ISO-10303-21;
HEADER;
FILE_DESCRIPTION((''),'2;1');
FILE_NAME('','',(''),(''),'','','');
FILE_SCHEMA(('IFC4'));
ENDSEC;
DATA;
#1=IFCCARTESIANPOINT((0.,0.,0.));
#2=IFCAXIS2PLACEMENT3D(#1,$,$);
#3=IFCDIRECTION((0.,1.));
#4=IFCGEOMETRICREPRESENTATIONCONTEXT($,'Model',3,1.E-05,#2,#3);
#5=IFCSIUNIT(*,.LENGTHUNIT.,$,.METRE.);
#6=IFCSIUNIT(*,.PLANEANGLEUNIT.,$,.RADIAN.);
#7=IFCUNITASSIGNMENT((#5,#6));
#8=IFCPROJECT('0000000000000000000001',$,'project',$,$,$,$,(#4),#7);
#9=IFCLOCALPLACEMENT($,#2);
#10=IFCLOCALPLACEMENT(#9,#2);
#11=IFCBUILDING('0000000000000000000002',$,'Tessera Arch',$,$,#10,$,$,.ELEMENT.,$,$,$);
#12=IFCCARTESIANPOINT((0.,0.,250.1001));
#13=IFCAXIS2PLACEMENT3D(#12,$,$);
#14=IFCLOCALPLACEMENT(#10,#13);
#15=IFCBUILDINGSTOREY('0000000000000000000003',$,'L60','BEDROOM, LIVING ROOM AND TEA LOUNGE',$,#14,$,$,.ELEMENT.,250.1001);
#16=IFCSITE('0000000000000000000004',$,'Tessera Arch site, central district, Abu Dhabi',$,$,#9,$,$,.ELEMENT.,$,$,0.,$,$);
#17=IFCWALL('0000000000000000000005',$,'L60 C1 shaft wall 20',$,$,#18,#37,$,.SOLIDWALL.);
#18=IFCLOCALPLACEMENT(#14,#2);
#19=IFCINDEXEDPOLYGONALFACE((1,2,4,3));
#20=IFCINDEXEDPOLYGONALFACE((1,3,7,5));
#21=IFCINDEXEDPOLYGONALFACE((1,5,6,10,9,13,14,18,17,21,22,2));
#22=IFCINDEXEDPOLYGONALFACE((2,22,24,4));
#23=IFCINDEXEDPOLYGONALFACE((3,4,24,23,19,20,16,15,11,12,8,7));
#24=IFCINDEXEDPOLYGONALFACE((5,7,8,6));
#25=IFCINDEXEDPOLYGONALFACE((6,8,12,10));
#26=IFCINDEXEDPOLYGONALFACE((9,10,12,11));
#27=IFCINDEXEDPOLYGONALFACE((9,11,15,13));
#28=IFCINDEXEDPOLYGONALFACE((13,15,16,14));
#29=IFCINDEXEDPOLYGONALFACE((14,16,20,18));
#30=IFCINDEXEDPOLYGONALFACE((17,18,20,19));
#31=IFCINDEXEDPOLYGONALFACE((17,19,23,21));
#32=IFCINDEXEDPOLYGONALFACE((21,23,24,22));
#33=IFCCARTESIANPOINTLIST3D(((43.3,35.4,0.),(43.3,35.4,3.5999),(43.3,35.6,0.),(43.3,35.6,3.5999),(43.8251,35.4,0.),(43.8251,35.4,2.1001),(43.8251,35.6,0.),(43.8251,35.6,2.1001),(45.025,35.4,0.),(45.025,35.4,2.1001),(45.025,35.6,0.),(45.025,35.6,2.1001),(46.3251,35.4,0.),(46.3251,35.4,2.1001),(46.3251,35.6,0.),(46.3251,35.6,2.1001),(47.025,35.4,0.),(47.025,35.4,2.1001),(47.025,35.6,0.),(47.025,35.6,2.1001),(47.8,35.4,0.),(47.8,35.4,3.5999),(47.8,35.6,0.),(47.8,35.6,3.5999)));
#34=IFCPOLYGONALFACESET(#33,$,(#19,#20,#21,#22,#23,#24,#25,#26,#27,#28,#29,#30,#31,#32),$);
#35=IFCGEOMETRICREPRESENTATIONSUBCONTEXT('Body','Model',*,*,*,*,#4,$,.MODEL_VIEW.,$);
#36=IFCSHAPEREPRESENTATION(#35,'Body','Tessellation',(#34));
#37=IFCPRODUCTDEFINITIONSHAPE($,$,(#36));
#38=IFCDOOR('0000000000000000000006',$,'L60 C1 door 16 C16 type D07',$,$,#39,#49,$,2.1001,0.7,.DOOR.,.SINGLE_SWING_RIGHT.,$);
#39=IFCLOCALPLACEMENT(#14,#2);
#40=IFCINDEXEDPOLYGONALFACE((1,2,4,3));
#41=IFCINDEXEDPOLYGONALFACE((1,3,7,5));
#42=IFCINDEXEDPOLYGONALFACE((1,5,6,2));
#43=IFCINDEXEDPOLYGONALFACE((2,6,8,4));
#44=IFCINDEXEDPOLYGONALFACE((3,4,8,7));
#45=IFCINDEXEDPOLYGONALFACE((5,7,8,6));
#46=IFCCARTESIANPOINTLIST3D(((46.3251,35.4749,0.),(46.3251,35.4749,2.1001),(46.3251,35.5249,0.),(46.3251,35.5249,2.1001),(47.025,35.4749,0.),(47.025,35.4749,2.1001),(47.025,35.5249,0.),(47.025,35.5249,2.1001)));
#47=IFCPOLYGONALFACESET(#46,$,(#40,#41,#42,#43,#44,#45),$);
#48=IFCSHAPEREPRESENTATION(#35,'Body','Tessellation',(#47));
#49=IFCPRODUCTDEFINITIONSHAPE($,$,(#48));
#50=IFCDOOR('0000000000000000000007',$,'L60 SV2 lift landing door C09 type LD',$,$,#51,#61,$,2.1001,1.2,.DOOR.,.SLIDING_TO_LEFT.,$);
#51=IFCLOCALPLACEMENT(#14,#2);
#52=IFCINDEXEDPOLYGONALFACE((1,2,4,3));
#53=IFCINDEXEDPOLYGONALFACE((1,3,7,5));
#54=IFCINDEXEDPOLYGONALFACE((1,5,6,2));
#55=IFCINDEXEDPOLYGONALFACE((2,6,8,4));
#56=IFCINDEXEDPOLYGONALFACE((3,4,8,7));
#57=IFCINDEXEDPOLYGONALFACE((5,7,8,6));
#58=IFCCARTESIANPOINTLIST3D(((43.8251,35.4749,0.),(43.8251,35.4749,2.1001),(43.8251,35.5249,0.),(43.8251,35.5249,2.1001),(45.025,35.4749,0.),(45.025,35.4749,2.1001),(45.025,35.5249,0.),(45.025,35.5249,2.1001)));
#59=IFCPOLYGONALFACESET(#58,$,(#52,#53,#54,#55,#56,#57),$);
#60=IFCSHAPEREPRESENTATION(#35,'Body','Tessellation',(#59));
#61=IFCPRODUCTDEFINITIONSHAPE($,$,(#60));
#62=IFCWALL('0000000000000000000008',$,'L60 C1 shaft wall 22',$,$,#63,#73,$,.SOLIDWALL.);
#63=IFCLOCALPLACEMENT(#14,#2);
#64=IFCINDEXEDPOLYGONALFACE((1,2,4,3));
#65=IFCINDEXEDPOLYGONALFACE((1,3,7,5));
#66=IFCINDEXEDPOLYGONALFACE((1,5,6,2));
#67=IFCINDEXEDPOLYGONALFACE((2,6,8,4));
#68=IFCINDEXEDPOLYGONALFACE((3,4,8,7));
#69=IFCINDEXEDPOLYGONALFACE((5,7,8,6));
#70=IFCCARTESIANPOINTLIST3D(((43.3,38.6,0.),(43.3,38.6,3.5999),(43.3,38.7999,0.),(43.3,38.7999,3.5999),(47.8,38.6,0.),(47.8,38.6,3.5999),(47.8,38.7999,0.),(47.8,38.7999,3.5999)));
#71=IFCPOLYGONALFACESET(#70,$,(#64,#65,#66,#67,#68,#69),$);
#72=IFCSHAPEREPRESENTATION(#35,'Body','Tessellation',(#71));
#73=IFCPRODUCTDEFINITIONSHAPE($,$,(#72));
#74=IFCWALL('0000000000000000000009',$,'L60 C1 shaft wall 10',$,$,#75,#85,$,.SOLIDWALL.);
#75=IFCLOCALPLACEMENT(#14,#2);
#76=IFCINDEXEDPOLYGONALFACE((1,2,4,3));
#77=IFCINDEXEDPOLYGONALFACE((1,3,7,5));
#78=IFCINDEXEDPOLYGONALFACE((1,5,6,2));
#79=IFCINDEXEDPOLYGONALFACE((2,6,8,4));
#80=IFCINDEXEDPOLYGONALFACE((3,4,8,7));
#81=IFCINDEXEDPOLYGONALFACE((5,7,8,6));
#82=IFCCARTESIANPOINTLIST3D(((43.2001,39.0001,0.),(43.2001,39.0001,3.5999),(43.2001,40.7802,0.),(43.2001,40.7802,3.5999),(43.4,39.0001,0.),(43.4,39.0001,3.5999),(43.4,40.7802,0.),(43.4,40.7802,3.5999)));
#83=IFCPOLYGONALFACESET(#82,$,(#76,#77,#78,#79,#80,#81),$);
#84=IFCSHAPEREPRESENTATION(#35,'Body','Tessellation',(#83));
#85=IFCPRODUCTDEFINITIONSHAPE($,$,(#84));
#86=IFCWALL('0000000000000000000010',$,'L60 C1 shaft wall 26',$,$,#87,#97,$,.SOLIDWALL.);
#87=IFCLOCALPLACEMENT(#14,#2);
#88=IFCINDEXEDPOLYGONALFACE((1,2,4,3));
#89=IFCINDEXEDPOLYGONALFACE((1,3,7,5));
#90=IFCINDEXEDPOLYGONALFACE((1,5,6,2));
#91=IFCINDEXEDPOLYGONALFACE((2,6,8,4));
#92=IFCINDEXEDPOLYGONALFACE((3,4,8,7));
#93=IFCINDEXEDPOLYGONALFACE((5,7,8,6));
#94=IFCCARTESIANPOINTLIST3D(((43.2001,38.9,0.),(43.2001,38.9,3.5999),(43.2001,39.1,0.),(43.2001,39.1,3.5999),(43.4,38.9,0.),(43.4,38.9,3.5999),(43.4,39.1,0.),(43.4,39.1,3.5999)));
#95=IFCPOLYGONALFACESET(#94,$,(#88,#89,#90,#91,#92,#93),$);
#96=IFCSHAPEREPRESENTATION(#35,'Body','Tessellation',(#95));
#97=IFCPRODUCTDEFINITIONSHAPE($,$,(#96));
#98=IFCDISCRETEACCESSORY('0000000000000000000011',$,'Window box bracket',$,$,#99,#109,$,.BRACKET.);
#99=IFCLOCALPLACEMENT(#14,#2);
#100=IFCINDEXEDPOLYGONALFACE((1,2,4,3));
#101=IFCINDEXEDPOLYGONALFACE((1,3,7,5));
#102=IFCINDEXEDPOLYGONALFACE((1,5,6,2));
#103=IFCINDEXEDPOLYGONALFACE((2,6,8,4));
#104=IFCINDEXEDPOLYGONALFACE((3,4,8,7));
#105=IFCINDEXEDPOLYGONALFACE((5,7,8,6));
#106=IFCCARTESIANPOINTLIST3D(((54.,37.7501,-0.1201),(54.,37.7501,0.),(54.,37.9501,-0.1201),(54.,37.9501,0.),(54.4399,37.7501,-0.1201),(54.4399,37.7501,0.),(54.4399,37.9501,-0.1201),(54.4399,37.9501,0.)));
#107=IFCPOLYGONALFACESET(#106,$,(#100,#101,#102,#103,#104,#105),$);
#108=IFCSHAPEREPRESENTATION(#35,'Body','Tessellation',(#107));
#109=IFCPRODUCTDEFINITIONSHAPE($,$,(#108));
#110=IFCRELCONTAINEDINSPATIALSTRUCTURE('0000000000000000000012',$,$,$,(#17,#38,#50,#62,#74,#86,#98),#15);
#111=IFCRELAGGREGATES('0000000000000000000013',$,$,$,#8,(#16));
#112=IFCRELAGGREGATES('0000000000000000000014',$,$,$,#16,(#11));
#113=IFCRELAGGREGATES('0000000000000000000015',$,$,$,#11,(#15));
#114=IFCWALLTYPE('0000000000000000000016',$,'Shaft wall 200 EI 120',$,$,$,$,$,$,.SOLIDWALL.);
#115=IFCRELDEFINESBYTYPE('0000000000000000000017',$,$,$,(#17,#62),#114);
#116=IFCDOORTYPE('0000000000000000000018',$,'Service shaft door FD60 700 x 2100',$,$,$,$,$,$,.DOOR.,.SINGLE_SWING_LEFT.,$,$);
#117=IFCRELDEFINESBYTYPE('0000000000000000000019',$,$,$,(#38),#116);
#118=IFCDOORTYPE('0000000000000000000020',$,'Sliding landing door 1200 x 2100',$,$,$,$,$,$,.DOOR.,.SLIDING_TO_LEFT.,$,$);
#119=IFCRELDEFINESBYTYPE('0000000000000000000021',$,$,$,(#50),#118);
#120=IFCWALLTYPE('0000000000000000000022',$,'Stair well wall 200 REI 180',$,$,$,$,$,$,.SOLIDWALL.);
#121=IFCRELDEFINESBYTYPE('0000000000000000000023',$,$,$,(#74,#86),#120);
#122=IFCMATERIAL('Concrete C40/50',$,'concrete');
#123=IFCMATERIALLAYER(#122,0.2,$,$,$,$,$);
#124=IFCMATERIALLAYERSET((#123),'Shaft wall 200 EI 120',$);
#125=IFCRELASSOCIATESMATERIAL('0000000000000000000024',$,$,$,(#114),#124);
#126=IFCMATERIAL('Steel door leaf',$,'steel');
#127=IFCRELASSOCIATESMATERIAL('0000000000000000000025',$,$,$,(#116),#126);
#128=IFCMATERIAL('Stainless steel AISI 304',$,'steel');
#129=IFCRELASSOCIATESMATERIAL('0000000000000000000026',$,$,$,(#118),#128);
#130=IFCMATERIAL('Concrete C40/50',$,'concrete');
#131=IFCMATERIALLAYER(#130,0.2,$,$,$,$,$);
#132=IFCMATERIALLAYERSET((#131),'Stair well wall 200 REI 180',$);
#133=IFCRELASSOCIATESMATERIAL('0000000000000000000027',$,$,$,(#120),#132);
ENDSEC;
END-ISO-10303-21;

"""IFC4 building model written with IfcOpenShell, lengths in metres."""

from ifc_helpers import new_model, si_unit, direction, frame, frame_2d, origin, origin_2d, place, context, subcontext, project, spatial, rectangle, extrude, material, layer, layer_set, type_object, element, fill, save


model = new_model("IFC4")

# Units and contexts
model_context = context("Model", 3, precision=1e-05, world=origin(), true_north=direction((0.0, 1.0)))
body_context = subcontext(model_context, "Body", "Model", "MODEL_VIEW")
ifc_project = project(units=[si_unit("LENGTHUNIT", "METRE"), si_unit("PLANEANGLEUNIT", "RADIAN")], contexts=[model_context])

# Site, building, storey
site_placement = place(None, origin())
site = spatial("IfcSite", under=ifc_project, at=site_placement, Name="Tessera Arch site, central district, Abu Dhabi", CompositionType="ELEMENT", RefElevation=0.0)
building_placement = place(site_placement, origin())
building = spatial("IfcBuilding", under=site, at=building_placement, Name="Tessera Arch", CompositionType="ELEMENT")
storey_placement = place(building_placement, frame((0.0, 0.0, 250.1001)))
storey = spatial("IfcBuildingStorey", under=building, at=storey_placement, Name="L60", Description="BEDROOM, LIVING ROOM AND TEA LOUNGE", CompositionType="ELEMENT", Elevation=250.1001)

# Shared definitions
ifc_material_1 = material(Name="Concrete C40/50", Category="concrete")
ifc_layer_1 = layer(ifc_material_1, 0.2)
ifc_layer_set_1 = layer_set([ifc_layer_1], Name="Shaft wall 200 EI 120")
wall_type_1 = type_object("IfcWallType", Name="Shaft wall 200 EI 120", PredefinedType="SOLIDWALL", material=ifc_layer_set_1)

# Wall, openings, doors
wall_1_placement = place(storey_placement, frame((43.3, 35.5, 0.0), z_axis=(0.0, 0.0, 1.0), x_axis=(1.0, 0.0, 0.0)))
wall_1 = element("IfcWall", 1, at=wall_1_placement, inside=storey, type_object=wall_type_1, Name="L60 C1 shaft wall 20", PredefinedType="SOLIDWALL", context=body_context, shape_type="SweptSolid", body=[
    extrude(rectangle(XDim=4.5, YDim=0.2, at=frame_2d((2.25, 0.0))), origin(), (0.0, 0.0, 1.0), 3.5999),
])
opening_1_placement = place(wall_1_placement, frame((0.5249, 0.0, 0.0)))
opening_1 = element("IfcOpeningElement", 2, at=opening_1_placement, cuts=wall_1, PredefinedType="OPENING", context=body_context, shape_type="SweptSolid", body=[
    extrude(rectangle(XDim=1.2, YDim=2.1001, at=frame_2d((0.6001, 1.05))), frame((0.0, 0.1099, 0.0), z_axis=(0.0, -1.0, 0.0), x_axis=(1.0, 0.0, 0.0)), (0.0, 0.0, 1.0), 0.22),
])
opening_2_placement = place(wall_1_placement, frame((3.0249, 0.0, 0.0)))
opening_2 = element("IfcOpeningElement", 3, at=opening_2_placement, cuts=wall_1, PredefinedType="OPENING", context=body_context, shape_type="SweptSolid", body=[
    extrude(rectangle(XDim=0.7, YDim=2.1001, at=frame_2d((0.3501, 1.05))), frame((0.0, 0.1099, 0.0), z_axis=(0.0, -1.0, 0.0), x_axis=(1.0, 0.0, 0.0)), (0.0, 0.0, 1.0), 0.22),
])
ifc_material_2 = material(Name="Steel door leaf", Category="steel")
door_type_1 = type_object("IfcDoorType", Name="Service shaft door FD60 700 x 2100", OperationType="SINGLE_SWING_LEFT", PredefinedType="DOOR", material=ifc_material_2)
door_1_placement = place(opening_2_placement, origin())
door_1 = element("IfcDoor", 4, at=door_1_placement, inside=storey, type_object=door_type_1, Name="L60 C1 door 16 C16 type D07", OperationType="SINGLE_SWING_RIGHT", OverallHeight=2.1001, OverallWidth=0.7, PredefinedType="DOOR", context=body_context, shape_type="SweptSolid", body=[
    extrude(rectangle(XDim=0.7, YDim=2.1001, at=frame_2d((0.3501, 1.05))), frame((0.0, 0.0249, 0.0), z_axis=(0.0, -1.0, 0.0), x_axis=(1.0, 0.0, 0.0)), (0.0, 0.0, 1.0), 0.05),
])
fill(opening_2, door_1)
ifc_material_3 = material(Name="Stainless steel AISI 304", Category="steel")
door_type_2 = type_object("IfcDoorType", Name="Sliding landing door 1200 x 2100", OperationType="SLIDING_TO_LEFT", PredefinedType="DOOR", material=ifc_material_3)
door_2_placement = place(opening_1_placement, origin())
door_2 = element("IfcDoor", 5, at=door_2_placement, inside=storey, type_object=door_type_2, Name="L60 SV2 lift landing door C09 type LD", OperationType="SLIDING_TO_LEFT", OverallHeight=2.1001, OverallWidth=1.2, PredefinedType="DOOR", context=body_context, shape_type="SweptSolid", body=[
    extrude(rectangle(XDim=1.2, YDim=2.1001, at=frame_2d((0.6001, 1.05))), frame((0.0, 0.0249, 0.0), z_axis=(0.0, -1.0, 0.0), x_axis=(1.0, 0.0, 0.0)), (0.0, 0.0, 1.0), 0.05),
])
fill(opening_1, door_2)

# Walls
wall_2_placement = place(storey_placement, frame((43.3, 38.7, 0.0), z_axis=(0.0, 0.0, 1.0), x_axis=(1.0, 0.0, 0.0)))
element("IfcWall", 6, at=wall_2_placement, inside=storey, type_object=wall_type_1, Name="L60 C1 shaft wall 22", PredefinedType="SOLIDWALL", context=body_context, shape_type="SweptSolid", body=[
    extrude(rectangle(XDim=4.5, YDim=0.2, at=frame_2d((2.25, 0.0))), origin(), (0.0, 0.0, 1.0), 3.5999),
])
ifc_material_4 = material(Name="Concrete C40/50", Category="concrete")
ifc_layer_2 = layer(ifc_material_4, 0.2)
ifc_layer_set_2 = layer_set([ifc_layer_2], Name="Stair well wall 200 REI 180")
wall_type_2 = type_object("IfcWallType", Name="Stair well wall 200 REI 180", PredefinedType="SOLIDWALL", material=ifc_layer_set_2)
wall_3_placement = place(storey_placement, frame((43.3, 39.0, 0.0), z_axis=(0.0, 0.0, 1.0), x_axis=(0.0, 1.0, 0.0)))
element("IfcWall", 7, at=wall_3_placement, inside=storey, type_object=wall_type_2, Name="L60 C1 shaft wall 10", PredefinedType="SOLIDWALL", context=body_context, shape_type="SweptSolid", body=[
    extrude(rectangle(XDim=1.78, YDim=0.2, at=frame_2d((0.8901, 0.0))), origin(), (0.0, 0.0, 1.0), 3.5999),
])
wall_4_placement = place(storey_placement, frame((43.2, 39.0, 0.0), z_axis=(0.0, 0.0, 1.0), x_axis=(1.0, 0.0, 0.0)))
element("IfcWall", 8, at=wall_4_placement, inside=storey, type_object=wall_type_2, Name="L60 C1 shaft wall 26", PredefinedType="SOLIDWALL", context=body_context, shape_type="SweptSolid", body=[
    extrude(rectangle(XDim=0.2, YDim=0.2, at=frame_2d((0.1001, 0.0))), origin(), (0.0, 0.0, 1.0), 3.5999),
])

# Discrete accessory
discrete_accessory_placement = place(storey_placement, frame((54.22, 37.8501, -0.1201), z_axis=(0.0, 0.0, 1.0), x_axis=(1.0, 0.0, 0.0)))
element("IfcDiscreteAccessory", 9, at=discrete_accessory_placement, inside=storey, Name="Window box bracket", PredefinedType="BRACKET", context=body_context, shape_type="SweptSolid", body=[
    extrude(rectangle(XDim=0.4399, YDim=0.2, at=origin_2d()), origin(), (0.0, 0.0, 1.0), 0.1201),
])

save(model, "model.ifc")
